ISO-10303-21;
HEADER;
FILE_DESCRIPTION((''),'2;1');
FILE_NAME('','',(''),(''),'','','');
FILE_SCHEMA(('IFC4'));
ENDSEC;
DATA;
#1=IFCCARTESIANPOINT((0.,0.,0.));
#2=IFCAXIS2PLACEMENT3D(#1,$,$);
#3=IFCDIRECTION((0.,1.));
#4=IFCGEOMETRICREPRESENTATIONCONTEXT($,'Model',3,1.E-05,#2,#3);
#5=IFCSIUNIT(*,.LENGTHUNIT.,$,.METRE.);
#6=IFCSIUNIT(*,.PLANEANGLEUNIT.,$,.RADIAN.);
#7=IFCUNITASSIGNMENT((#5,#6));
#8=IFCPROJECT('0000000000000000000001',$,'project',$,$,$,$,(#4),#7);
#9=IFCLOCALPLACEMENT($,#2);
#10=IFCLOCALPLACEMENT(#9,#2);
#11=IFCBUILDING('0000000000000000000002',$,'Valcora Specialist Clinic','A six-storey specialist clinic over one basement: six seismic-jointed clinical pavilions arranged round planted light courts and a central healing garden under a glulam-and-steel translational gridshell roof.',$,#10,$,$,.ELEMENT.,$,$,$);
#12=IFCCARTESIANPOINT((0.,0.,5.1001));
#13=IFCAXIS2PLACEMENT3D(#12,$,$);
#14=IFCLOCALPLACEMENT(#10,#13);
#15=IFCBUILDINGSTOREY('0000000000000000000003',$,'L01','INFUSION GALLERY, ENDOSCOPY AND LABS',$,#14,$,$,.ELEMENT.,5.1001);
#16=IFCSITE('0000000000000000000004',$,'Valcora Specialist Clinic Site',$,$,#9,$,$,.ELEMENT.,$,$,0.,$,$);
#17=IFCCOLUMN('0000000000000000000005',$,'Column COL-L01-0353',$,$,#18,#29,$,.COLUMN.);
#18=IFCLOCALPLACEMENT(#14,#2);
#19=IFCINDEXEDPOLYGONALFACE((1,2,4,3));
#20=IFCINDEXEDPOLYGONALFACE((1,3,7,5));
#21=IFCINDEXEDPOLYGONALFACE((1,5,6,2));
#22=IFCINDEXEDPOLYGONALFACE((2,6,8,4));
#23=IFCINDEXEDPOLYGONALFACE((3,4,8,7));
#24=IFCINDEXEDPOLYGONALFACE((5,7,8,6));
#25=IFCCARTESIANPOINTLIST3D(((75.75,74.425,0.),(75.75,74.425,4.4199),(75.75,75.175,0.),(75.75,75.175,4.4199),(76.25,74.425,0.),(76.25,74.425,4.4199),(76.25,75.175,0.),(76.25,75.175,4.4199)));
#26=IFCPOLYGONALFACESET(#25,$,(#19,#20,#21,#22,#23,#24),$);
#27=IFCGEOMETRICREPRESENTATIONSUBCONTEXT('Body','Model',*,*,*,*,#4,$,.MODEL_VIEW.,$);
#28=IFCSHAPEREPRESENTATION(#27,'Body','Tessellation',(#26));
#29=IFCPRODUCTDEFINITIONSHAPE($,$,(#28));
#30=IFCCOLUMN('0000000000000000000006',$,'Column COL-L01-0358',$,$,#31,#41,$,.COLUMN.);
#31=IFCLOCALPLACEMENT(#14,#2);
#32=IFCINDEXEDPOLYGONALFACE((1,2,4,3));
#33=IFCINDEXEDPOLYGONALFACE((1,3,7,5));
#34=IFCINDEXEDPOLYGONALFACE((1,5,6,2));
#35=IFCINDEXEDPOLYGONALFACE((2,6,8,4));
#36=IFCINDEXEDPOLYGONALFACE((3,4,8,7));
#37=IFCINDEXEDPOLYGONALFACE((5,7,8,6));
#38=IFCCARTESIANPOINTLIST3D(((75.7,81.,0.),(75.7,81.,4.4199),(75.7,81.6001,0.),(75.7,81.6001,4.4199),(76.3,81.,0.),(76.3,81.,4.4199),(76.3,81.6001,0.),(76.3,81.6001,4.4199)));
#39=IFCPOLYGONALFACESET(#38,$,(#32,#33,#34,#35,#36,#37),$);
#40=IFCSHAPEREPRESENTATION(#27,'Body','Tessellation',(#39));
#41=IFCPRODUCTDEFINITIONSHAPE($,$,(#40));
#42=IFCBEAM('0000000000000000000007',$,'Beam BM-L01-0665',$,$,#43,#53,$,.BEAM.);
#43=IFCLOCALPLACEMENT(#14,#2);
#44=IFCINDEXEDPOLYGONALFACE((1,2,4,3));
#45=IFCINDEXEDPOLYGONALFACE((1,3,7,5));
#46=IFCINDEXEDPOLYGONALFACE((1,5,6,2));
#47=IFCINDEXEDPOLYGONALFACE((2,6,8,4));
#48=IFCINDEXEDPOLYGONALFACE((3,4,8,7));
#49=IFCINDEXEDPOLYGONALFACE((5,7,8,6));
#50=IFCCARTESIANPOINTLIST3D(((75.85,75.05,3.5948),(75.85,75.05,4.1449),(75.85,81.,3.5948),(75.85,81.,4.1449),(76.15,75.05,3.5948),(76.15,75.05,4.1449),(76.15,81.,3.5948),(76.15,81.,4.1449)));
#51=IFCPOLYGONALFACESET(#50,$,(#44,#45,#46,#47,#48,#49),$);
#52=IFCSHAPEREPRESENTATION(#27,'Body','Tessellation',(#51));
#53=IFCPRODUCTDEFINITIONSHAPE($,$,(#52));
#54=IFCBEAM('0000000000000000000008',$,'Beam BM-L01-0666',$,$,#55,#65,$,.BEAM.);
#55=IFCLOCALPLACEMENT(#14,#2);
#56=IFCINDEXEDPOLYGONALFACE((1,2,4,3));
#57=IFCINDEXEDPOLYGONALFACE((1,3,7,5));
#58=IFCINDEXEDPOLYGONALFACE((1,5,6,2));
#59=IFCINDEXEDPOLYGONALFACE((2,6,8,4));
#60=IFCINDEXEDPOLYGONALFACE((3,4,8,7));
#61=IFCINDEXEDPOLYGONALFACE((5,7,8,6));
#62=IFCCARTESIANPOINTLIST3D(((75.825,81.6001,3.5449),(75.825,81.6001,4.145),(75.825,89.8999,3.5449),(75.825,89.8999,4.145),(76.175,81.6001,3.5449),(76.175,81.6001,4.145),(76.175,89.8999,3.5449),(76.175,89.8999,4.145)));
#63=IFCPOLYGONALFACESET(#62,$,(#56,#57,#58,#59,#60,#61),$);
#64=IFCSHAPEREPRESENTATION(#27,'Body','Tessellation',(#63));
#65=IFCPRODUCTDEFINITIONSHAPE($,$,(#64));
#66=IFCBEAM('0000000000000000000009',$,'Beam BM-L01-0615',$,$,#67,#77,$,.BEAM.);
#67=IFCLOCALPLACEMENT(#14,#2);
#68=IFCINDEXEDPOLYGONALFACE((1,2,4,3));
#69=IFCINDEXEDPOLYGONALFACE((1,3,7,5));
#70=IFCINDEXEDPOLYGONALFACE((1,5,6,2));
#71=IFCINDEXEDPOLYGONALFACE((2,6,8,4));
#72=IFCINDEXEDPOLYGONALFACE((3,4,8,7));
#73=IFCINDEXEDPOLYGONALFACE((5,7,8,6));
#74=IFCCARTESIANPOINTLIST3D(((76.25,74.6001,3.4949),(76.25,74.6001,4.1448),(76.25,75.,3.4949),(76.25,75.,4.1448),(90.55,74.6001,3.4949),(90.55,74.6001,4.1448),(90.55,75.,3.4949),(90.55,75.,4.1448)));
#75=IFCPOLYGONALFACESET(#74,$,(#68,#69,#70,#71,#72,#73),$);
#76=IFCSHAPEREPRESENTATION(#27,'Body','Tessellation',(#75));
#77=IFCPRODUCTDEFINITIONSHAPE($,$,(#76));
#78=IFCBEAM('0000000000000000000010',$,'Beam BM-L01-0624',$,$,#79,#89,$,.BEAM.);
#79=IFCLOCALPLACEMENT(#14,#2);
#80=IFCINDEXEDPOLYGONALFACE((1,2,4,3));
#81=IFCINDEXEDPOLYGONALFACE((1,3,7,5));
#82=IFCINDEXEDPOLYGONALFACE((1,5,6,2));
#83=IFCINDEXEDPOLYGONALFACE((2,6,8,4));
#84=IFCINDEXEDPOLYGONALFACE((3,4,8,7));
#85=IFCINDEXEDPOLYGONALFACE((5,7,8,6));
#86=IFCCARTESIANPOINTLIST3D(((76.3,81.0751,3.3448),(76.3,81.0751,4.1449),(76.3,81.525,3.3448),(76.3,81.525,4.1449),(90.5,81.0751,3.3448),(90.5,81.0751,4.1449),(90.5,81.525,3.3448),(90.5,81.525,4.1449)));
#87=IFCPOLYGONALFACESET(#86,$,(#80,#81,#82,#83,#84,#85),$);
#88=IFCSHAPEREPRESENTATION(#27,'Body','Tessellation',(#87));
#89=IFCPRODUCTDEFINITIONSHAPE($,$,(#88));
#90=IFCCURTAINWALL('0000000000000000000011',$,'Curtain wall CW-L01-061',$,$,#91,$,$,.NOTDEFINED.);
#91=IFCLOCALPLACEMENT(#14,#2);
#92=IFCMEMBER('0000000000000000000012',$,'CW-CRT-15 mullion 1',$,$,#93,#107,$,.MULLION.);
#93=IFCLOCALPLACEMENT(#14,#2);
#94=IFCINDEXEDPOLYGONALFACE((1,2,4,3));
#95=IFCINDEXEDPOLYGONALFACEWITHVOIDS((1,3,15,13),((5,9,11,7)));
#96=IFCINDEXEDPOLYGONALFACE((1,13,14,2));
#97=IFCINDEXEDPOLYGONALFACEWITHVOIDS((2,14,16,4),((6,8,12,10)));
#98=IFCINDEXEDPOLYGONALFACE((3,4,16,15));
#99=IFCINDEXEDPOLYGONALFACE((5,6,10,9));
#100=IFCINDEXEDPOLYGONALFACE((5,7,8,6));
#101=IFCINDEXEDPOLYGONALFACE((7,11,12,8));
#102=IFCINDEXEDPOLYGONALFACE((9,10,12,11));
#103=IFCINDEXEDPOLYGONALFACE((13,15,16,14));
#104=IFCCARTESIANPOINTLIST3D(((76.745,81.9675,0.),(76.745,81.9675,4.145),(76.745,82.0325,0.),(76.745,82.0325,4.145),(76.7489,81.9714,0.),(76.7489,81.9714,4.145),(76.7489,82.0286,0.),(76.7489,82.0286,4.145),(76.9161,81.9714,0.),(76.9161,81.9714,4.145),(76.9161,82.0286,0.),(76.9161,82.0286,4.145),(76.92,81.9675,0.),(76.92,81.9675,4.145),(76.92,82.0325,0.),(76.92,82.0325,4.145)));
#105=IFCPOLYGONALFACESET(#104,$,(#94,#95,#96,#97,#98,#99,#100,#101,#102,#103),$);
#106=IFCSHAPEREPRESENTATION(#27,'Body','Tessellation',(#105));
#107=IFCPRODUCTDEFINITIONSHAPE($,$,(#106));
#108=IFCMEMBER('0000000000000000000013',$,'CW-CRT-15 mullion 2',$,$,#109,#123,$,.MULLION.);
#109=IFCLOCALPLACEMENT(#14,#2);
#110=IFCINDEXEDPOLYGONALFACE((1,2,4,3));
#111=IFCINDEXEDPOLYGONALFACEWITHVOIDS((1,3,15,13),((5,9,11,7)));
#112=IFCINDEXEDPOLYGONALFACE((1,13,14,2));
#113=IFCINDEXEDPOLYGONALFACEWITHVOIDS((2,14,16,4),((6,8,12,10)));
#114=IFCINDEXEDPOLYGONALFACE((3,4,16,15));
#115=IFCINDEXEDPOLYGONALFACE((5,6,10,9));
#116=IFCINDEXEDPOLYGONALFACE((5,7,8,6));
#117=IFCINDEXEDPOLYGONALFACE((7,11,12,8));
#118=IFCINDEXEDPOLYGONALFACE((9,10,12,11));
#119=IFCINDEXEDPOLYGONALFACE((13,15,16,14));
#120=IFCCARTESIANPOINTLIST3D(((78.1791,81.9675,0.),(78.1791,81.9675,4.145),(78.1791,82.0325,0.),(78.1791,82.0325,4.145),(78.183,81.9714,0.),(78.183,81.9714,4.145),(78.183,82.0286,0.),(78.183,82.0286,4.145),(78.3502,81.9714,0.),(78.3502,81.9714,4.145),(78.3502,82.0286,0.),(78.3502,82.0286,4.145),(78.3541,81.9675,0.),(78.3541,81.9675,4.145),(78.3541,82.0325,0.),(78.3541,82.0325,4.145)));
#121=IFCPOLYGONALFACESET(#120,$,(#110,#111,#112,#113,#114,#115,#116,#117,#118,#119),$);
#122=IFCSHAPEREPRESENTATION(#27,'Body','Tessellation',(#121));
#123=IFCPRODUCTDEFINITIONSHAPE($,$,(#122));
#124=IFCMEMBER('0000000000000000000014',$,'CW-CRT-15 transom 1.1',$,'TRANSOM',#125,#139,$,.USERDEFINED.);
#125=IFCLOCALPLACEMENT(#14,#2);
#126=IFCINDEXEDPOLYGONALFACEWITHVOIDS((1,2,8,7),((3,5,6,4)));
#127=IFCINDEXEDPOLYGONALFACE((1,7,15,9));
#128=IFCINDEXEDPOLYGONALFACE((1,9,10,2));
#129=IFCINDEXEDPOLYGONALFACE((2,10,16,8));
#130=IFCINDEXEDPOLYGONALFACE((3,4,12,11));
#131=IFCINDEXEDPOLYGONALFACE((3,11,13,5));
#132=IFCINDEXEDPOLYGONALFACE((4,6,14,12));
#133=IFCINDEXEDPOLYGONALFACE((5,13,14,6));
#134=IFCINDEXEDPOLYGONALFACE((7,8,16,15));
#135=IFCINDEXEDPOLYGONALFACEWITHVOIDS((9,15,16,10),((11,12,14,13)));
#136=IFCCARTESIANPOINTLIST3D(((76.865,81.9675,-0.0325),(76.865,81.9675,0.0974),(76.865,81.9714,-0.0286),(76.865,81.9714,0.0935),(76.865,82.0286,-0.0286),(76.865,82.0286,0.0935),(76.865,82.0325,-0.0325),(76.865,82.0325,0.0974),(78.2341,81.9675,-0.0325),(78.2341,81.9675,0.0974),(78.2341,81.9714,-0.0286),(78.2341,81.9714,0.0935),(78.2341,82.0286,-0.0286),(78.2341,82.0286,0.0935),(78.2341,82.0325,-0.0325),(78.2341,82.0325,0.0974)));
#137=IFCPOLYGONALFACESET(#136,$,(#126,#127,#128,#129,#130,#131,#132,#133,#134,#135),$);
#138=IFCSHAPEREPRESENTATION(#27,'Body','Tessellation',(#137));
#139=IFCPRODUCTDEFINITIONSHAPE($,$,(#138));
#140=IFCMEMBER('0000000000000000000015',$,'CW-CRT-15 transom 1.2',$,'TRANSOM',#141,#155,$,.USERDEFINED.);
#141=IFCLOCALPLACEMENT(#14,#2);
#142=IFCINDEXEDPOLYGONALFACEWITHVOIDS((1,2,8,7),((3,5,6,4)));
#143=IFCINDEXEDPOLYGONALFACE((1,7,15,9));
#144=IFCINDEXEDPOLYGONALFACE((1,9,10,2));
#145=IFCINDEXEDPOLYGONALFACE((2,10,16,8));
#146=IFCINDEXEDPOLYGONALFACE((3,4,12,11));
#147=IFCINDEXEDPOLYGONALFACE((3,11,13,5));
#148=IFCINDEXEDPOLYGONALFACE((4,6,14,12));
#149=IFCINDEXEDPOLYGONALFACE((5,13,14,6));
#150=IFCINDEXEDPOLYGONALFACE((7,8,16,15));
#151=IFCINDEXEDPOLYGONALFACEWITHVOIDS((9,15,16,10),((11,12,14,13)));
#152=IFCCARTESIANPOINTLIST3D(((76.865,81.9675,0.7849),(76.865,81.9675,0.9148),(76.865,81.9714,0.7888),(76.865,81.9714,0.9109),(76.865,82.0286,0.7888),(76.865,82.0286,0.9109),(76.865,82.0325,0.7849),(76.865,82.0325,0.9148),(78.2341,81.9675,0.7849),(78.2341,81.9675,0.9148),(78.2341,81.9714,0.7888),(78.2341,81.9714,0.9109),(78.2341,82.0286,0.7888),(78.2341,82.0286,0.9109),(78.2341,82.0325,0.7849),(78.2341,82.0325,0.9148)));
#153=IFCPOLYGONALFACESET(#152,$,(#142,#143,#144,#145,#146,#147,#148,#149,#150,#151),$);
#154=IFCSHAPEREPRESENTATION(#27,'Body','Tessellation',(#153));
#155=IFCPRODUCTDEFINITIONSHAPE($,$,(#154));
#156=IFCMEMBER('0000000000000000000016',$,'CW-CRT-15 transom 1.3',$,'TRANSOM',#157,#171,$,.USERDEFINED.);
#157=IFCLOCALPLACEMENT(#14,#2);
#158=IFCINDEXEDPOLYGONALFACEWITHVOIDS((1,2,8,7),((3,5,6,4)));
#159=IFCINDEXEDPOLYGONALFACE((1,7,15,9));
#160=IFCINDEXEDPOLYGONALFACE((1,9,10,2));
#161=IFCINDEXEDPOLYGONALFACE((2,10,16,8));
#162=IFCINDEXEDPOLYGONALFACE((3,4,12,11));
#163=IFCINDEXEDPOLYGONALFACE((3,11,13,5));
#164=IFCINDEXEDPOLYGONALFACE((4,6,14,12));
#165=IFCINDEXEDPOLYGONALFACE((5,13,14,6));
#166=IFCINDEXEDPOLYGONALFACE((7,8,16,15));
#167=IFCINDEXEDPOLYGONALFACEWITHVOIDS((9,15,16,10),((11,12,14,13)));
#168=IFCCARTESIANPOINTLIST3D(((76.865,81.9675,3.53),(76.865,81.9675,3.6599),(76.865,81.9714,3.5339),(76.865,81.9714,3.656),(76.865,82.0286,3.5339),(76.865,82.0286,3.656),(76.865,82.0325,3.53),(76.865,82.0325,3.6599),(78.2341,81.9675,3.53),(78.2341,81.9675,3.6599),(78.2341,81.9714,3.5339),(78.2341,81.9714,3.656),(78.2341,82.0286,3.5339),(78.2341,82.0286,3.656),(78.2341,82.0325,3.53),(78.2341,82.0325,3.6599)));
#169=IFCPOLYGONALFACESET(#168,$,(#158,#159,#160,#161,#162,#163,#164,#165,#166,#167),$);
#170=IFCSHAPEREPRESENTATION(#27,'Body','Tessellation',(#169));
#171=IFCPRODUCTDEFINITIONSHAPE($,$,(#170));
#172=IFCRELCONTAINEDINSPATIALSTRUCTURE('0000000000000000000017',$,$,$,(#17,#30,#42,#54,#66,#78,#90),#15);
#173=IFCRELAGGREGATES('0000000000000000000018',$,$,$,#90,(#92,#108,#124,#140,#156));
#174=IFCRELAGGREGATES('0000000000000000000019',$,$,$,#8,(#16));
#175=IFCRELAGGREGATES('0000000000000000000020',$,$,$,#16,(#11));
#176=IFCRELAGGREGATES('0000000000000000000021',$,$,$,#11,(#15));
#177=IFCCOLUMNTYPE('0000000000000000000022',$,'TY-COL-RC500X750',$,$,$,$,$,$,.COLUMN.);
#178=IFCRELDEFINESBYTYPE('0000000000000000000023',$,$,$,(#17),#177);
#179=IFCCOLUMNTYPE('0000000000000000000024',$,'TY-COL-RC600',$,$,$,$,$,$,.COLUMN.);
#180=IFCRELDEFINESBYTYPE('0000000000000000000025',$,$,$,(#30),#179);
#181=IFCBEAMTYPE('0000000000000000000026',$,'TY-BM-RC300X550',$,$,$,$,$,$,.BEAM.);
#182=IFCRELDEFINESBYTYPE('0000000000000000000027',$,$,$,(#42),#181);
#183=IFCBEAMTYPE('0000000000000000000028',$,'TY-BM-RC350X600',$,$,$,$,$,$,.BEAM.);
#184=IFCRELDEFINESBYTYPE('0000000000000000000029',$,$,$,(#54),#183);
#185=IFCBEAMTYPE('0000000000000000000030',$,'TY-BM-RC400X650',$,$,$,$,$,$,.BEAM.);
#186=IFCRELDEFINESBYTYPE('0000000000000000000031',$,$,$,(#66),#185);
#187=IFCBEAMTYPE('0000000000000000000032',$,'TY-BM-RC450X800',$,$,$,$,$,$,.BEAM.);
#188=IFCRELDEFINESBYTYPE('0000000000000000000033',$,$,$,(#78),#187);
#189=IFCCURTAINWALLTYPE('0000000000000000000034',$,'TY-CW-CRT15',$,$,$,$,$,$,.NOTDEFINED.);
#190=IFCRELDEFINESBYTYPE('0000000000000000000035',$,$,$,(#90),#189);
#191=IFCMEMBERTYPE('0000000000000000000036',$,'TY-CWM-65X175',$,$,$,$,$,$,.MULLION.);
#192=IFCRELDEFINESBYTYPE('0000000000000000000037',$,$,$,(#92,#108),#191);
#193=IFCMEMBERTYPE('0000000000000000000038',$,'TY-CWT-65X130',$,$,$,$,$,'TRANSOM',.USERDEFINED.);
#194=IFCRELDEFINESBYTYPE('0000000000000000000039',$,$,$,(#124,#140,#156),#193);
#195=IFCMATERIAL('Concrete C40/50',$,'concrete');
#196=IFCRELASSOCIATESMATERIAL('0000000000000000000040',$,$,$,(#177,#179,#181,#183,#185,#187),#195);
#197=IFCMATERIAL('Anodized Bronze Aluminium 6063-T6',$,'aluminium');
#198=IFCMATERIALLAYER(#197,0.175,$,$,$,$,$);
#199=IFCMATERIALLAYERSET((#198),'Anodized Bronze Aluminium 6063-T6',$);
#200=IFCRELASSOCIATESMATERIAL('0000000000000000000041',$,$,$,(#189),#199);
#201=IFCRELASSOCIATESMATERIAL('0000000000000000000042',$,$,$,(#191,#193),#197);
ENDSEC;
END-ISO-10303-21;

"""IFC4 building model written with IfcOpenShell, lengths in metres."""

from ifc_helpers import new_model, si_unit, direction, frame, origin, origin_2d, place, context, subcontext, project, spatial, rectangle, hollow_rectangle, extrude, material, layer, layer_set, material_profile, profile_set, type_object, element, aggregate, save


model = new_model("IFC4")

# Units and contexts
model_context = context("Model", 3, precision=1e-05, world=origin(), true_north=direction((0.0, 1.0)))
body_context = subcontext(model_context, "Body", "Model", "MODEL_VIEW")
ifc_project = project(units=[si_unit("LENGTHUNIT", "METRE"), si_unit("PLANEANGLEUNIT", "RADIAN")], contexts=[model_context])

# Site, building, storey
site_placement = place(None, origin())
site = spatial("IfcSite", under=ifc_project, at=site_placement, Name="Valcora Specialist Clinic Site", CompositionType="ELEMENT", RefElevation=0.0)
building_placement = place(site_placement, origin())
building = spatial("IfcBuilding", under=site, at=building_placement, Name="Valcora Specialist Clinic", Description="A six-storey specialist clinic over one basement: six seismic-jointed clinical pavilions arranged round planted light courts and a central healing garden under a glulam-and-steel translational gridshell roof.", CompositionType="ELEMENT")
storey_placement = place(building_placement, frame((0.0, 0.0, 5.1001)))
storey = spatial("IfcBuildingStorey", under=building, at=storey_placement, Name="L01", Description="INFUSION GALLERY, ENDOSCOPY AND LABS", CompositionType="ELEMENT", Elevation=5.1001)

# Columns
ifc_material_1 = material(Name="Concrete C40/50", Category="concrete")
ifc_material_profile_1 = material_profile(ifc_material_1, rectangle(XDim=0.5, YDim=0.75, at=origin_2d()), Name="RC-COL-500X750")
ifc_profile_set_1 = profile_set([ifc_material_profile_1], Name="Concrete C40/50")
column_type_1 = type_object("IfcColumnType", Name="TY-COL-RC500X750", PredefinedType="COLUMN", material=ifc_profile_set_1)
column_1_placement = place(storey_placement, frame((76.0, 74.8, 0.0), z_axis=(0.0, 0.0, 1.0), x_axis=(1.0, 0.0, 0.0)))
element("IfcColumn", 1, at=column_1_placement, inside=storey, type_object=column_type_1, Name="Column COL-L01-0353", PredefinedType="COLUMN", context=body_context, shape_type="SweptSolid", body=[
    extrude(rectangle(XDim=0.5, YDim=0.75, at=origin_2d()), origin(), (0.0, 0.0, 1.0), 4.4199),
])
ifc_material_profile_2 = material_profile(ifc_material_1, rectangle(XDim=0.6001, YDim=0.6001, at=origin_2d()), Name="RC-COL-600X600")
ifc_profile_set_2 = profile_set([ifc_material_profile_2], Name="Concrete C40/50")
column_type_2 = type_object("IfcColumnType", Name="TY-COL-RC600", PredefinedType="COLUMN", material=ifc_profile_set_2)
column_2_placement = place(storey_placement, frame((76.0, 81.3, 0.0), z_axis=(0.0, 0.0, 1.0), x_axis=(1.0, 0.0, 0.0)))
element("IfcColumn", 2, at=column_2_placement, inside=storey, type_object=column_type_2, Name="Column COL-L01-0358", PredefinedType="COLUMN", context=body_context, shape_type="SweptSolid", body=[
    extrude(rectangle(XDim=0.6001, YDim=0.6001, at=origin_2d()), origin(), (0.0, 0.0, 1.0), 4.4199),
])

# Beams
ifc_material_profile_3 = material_profile(ifc_material_1, rectangle(XDim=0.3, YDim=0.55, at=origin_2d()), Name="RC-BM-300X550")
ifc_profile_set_3 = profile_set([ifc_material_profile_3], Name="Concrete C40/50")
beam_type_1 = type_object("IfcBeamType", Name="TY-BM-RC300X550", PredefinedType="BEAM", material=ifc_profile_set_3)
beam_1_placement = place(storey_placement, frame((76.0, 75.05, 3.8699), z_axis=(0.0, 1.0, 0.0), x_axis=(-1.0, 0.0, 0.0)))
element("IfcBeam", 3, at=beam_1_placement, inside=storey, type_object=beam_type_1, Name="Beam BM-L01-0665", PredefinedType="BEAM", context=body_context, shape_type="SweptSolid", body=[
    extrude(rectangle(XDim=0.3, YDim=0.55, at=origin_2d()), origin(), (0.0, 0.0, 1.0), 5.95),
])
ifc_material_profile_4 = material_profile(ifc_material_1, rectangle(XDim=0.3501, YDim=0.6001, at=origin_2d()), Name="RC-BM-350X600")
ifc_profile_set_4 = profile_set([ifc_material_profile_4], Name="Concrete C40/50")
beam_type_2 = type_object("IfcBeamType", Name="TY-BM-RC350X600", PredefinedType="BEAM", material=ifc_profile_set_4)
beam_2_placement = place(storey_placement, frame((76.0, 81.6001, 3.845), z_axis=(0.0, 1.0, 0.0), x_axis=(-1.0, 0.0, 0.0)))
element("IfcBeam", 4, at=beam_2_placement, inside=storey, type_object=beam_type_2, Name="Beam BM-L01-0666", PredefinedType="BEAM", context=body_context, shape_type="SweptSolid", body=[
    extrude(rectangle(XDim=0.3501, YDim=0.6001, at=origin_2d()), origin(), (0.0, 0.0, 1.0), 8.2998),
])
ifc_material_profile_5 = material_profile(ifc_material_1, rectangle(XDim=0.3999, YDim=0.6499, at=origin_2d()), Name="RC-BM-400X650")
ifc_profile_set_5 = profile_set([ifc_material_profile_5], Name="Concrete C40/50")
beam_type_3 = type_object("IfcBeamType", Name="TY-BM-RC400X650", PredefinedType="BEAM", material=ifc_profile_set_5)
beam_3_placement = place(storey_placement, frame((76.25, 74.8, 3.8198), z_axis=(1.0, 0.0, 0.0), x_axis=(0.0, 1.0, 0.0)))
element("IfcBeam", 5, at=beam_3_placement, inside=storey, type_object=beam_type_3, Name="Beam BM-L01-0615", PredefinedType="BEAM", context=body_context, shape_type="SweptSolid", body=[
    extrude(rectangle(XDim=0.3999, YDim=0.6499, at=origin_2d()), origin(), (0.0, 0.0, 1.0), 14.3),
])
ifc_material_profile_6 = material_profile(ifc_material_1, rectangle(XDim=0.45, YDim=0.8, at=origin_2d()), Name="RC-BM-450X800")
ifc_profile_set_6 = profile_set([ifc_material_profile_6], Name="Concrete C40/50")
beam_type_4 = type_object("IfcBeamType", Name="TY-BM-RC450X800", PredefinedType="BEAM", material=ifc_profile_set_6)
beam_4_placement = place(storey_placement, frame((76.3, 81.3, 3.7449), z_axis=(1.0, 0.0, 0.0), x_axis=(0.0, 1.0, 0.0)))
element("IfcBeam", 6, at=beam_4_placement, inside=storey, type_object=beam_type_4, Name="Beam BM-L01-0624", PredefinedType="BEAM", context=body_context, shape_type="SweptSolid", body=[
    extrude(rectangle(XDim=0.45, YDim=0.8, at=origin_2d()), origin(), (0.0, 0.0, 1.0), 14.2),
])

# Curtain wall, members
ifc_material_2 = material(Name="Anodized Bronze Aluminium 6063-T6", Category="aluminium")
ifc_layer_1 = layer(ifc_material_2, 0.175)
ifc_layer_set_1 = layer_set([ifc_layer_1], Name="Anodized Bronze Aluminium 6063-T6")
curtain_wall_type = type_object("IfcCurtainWallType", Name="TY-CW-CRT15", PredefinedType="NOTDEFINED", material=ifc_layer_set_1)
curtain_wall_placement = place(storey_placement, origin())
curtain_wall = element("IfcCurtainWall", 7, at=curtain_wall_placement, inside=storey, type_object=curtain_wall_type, Name="Curtain wall CW-L01-061", PredefinedType="NOTDEFINED")
ifc_material_profile_7 = material_profile(ifc_material_2, hollow_rectangle(XDim=0.0649, YDim=0.175, WallThickness=0.0039, at=origin_2d()), Name="AL-MUL-65X175")
ifc_profile_set_7 = profile_set([ifc_material_profile_7], Name="Anodized Bronze Aluminium 6063-T6")
member_type_1 = type_object("IfcMemberType", Name="TY-CWM-65X175", PredefinedType="MULLION", material=ifc_profile_set_7)
member_1_placement = place(storey_placement, frame((76.8325, 82.0, 0.0), z_axis=(0.0, 0.0, 1.0), x_axis=(0.0, 1.0, 0.0)))
member_1 = element("IfcMember", 8, at=member_1_placement, type_object=member_type_1, Name="CW-CRT-15 mullion 1", PredefinedType="MULLION", context=body_context, shape_type="SweptSolid", body=[
    extrude(hollow_rectangle(XDim=0.0649, YDim=0.175, WallThickness=0.0039, at=origin_2d()), origin(), (0.0, 0.0, 1.0), 4.145),
])
member_2_placement = place(storey_placement, frame((78.2666, 82.0, 0.0), z_axis=(0.0, 0.0, 1.0), x_axis=(0.0, 1.0, 0.0)))
member_2 = element("IfcMember", 9, at=member_2_placement, type_object=member_type_1, Name="CW-CRT-15 mullion 2", PredefinedType="MULLION", context=body_context, shape_type="SweptSolid", body=[
    extrude(hollow_rectangle(XDim=0.0649, YDim=0.175, WallThickness=0.0039, at=origin_2d()), origin(), (0.0, 0.0, 1.0), 4.145),
])
ifc_material_profile_8 = material_profile(ifc_material_2, hollow_rectangle(XDim=0.0649, YDim=0.1299, WallThickness=0.0039, at=origin_2d()), Name="AL-TRN-65X130")
ifc_profile_set_8 = profile_set([ifc_material_profile_8], Name="Anodized Bronze Aluminium 6063-T6")
member_type_2 = type_object("IfcMemberType", Name="TY-CWT-65X130", ElementType="TRANSOM", PredefinedType="USERDEFINED", material=ifc_profile_set_8)
member_3_placement = place(storey_placement, frame((76.865, 82.0, 0.0325), z_axis=(1.0, 0.0, 0.0), x_axis=(0.0, 1.0, 0.0)))
member_3 = element("IfcMember", 10, at=member_3_placement, type_object=member_type_2, Name="CW-CRT-15 transom 1.1", ObjectType="TRANSOM", PredefinedType="USERDEFINED", context=body_context, shape_type="SweptSolid", body=[
    extrude(hollow_rectangle(XDim=0.0649, YDim=0.1299, WallThickness=0.0039, at=origin_2d()), origin(), (0.0, 0.0, 1.0), 1.3691),
])
member_4_placement = place(storey_placement, frame((76.865, 82.0, 0.8499), z_axis=(1.0, 0.0, 0.0), x_axis=(0.0, 1.0, 0.0)))
member_4 = element("IfcMember", 11, at=member_4_placement, type_object=member_type_2, Name="CW-CRT-15 transom 1.2", ObjectType="TRANSOM", PredefinedType="USERDEFINED", context=body_context, shape_type="SweptSolid", body=[
    extrude(hollow_rectangle(XDim=0.0649, YDim=0.1299, WallThickness=0.0039, at=origin_2d()), origin(), (0.0, 0.0, 1.0), 1.3691),
])
member_5_placement = place(storey_placement, frame((76.865, 82.0, 3.595), z_axis=(1.0, 0.0, 0.0), x_axis=(0.0, 1.0, 0.0)))
member_5 = element("IfcMember", 12, at=member_5_placement, type_object=member_type_2, Name="CW-CRT-15 transom 1.3", ObjectType="TRANSOM", PredefinedType="USERDEFINED", context=body_context, shape_type="SweptSolid", body=[
    extrude(hollow_rectangle(XDim=0.0649, YDim=0.1299, WallThickness=0.0039, at=origin_2d()), origin(), (0.0, 0.0, 1.0), 1.3691),
])
aggregate(curtain_wall, [member_1, member_2, member_3, member_4, member_5])

save(model, "model.ifc")
